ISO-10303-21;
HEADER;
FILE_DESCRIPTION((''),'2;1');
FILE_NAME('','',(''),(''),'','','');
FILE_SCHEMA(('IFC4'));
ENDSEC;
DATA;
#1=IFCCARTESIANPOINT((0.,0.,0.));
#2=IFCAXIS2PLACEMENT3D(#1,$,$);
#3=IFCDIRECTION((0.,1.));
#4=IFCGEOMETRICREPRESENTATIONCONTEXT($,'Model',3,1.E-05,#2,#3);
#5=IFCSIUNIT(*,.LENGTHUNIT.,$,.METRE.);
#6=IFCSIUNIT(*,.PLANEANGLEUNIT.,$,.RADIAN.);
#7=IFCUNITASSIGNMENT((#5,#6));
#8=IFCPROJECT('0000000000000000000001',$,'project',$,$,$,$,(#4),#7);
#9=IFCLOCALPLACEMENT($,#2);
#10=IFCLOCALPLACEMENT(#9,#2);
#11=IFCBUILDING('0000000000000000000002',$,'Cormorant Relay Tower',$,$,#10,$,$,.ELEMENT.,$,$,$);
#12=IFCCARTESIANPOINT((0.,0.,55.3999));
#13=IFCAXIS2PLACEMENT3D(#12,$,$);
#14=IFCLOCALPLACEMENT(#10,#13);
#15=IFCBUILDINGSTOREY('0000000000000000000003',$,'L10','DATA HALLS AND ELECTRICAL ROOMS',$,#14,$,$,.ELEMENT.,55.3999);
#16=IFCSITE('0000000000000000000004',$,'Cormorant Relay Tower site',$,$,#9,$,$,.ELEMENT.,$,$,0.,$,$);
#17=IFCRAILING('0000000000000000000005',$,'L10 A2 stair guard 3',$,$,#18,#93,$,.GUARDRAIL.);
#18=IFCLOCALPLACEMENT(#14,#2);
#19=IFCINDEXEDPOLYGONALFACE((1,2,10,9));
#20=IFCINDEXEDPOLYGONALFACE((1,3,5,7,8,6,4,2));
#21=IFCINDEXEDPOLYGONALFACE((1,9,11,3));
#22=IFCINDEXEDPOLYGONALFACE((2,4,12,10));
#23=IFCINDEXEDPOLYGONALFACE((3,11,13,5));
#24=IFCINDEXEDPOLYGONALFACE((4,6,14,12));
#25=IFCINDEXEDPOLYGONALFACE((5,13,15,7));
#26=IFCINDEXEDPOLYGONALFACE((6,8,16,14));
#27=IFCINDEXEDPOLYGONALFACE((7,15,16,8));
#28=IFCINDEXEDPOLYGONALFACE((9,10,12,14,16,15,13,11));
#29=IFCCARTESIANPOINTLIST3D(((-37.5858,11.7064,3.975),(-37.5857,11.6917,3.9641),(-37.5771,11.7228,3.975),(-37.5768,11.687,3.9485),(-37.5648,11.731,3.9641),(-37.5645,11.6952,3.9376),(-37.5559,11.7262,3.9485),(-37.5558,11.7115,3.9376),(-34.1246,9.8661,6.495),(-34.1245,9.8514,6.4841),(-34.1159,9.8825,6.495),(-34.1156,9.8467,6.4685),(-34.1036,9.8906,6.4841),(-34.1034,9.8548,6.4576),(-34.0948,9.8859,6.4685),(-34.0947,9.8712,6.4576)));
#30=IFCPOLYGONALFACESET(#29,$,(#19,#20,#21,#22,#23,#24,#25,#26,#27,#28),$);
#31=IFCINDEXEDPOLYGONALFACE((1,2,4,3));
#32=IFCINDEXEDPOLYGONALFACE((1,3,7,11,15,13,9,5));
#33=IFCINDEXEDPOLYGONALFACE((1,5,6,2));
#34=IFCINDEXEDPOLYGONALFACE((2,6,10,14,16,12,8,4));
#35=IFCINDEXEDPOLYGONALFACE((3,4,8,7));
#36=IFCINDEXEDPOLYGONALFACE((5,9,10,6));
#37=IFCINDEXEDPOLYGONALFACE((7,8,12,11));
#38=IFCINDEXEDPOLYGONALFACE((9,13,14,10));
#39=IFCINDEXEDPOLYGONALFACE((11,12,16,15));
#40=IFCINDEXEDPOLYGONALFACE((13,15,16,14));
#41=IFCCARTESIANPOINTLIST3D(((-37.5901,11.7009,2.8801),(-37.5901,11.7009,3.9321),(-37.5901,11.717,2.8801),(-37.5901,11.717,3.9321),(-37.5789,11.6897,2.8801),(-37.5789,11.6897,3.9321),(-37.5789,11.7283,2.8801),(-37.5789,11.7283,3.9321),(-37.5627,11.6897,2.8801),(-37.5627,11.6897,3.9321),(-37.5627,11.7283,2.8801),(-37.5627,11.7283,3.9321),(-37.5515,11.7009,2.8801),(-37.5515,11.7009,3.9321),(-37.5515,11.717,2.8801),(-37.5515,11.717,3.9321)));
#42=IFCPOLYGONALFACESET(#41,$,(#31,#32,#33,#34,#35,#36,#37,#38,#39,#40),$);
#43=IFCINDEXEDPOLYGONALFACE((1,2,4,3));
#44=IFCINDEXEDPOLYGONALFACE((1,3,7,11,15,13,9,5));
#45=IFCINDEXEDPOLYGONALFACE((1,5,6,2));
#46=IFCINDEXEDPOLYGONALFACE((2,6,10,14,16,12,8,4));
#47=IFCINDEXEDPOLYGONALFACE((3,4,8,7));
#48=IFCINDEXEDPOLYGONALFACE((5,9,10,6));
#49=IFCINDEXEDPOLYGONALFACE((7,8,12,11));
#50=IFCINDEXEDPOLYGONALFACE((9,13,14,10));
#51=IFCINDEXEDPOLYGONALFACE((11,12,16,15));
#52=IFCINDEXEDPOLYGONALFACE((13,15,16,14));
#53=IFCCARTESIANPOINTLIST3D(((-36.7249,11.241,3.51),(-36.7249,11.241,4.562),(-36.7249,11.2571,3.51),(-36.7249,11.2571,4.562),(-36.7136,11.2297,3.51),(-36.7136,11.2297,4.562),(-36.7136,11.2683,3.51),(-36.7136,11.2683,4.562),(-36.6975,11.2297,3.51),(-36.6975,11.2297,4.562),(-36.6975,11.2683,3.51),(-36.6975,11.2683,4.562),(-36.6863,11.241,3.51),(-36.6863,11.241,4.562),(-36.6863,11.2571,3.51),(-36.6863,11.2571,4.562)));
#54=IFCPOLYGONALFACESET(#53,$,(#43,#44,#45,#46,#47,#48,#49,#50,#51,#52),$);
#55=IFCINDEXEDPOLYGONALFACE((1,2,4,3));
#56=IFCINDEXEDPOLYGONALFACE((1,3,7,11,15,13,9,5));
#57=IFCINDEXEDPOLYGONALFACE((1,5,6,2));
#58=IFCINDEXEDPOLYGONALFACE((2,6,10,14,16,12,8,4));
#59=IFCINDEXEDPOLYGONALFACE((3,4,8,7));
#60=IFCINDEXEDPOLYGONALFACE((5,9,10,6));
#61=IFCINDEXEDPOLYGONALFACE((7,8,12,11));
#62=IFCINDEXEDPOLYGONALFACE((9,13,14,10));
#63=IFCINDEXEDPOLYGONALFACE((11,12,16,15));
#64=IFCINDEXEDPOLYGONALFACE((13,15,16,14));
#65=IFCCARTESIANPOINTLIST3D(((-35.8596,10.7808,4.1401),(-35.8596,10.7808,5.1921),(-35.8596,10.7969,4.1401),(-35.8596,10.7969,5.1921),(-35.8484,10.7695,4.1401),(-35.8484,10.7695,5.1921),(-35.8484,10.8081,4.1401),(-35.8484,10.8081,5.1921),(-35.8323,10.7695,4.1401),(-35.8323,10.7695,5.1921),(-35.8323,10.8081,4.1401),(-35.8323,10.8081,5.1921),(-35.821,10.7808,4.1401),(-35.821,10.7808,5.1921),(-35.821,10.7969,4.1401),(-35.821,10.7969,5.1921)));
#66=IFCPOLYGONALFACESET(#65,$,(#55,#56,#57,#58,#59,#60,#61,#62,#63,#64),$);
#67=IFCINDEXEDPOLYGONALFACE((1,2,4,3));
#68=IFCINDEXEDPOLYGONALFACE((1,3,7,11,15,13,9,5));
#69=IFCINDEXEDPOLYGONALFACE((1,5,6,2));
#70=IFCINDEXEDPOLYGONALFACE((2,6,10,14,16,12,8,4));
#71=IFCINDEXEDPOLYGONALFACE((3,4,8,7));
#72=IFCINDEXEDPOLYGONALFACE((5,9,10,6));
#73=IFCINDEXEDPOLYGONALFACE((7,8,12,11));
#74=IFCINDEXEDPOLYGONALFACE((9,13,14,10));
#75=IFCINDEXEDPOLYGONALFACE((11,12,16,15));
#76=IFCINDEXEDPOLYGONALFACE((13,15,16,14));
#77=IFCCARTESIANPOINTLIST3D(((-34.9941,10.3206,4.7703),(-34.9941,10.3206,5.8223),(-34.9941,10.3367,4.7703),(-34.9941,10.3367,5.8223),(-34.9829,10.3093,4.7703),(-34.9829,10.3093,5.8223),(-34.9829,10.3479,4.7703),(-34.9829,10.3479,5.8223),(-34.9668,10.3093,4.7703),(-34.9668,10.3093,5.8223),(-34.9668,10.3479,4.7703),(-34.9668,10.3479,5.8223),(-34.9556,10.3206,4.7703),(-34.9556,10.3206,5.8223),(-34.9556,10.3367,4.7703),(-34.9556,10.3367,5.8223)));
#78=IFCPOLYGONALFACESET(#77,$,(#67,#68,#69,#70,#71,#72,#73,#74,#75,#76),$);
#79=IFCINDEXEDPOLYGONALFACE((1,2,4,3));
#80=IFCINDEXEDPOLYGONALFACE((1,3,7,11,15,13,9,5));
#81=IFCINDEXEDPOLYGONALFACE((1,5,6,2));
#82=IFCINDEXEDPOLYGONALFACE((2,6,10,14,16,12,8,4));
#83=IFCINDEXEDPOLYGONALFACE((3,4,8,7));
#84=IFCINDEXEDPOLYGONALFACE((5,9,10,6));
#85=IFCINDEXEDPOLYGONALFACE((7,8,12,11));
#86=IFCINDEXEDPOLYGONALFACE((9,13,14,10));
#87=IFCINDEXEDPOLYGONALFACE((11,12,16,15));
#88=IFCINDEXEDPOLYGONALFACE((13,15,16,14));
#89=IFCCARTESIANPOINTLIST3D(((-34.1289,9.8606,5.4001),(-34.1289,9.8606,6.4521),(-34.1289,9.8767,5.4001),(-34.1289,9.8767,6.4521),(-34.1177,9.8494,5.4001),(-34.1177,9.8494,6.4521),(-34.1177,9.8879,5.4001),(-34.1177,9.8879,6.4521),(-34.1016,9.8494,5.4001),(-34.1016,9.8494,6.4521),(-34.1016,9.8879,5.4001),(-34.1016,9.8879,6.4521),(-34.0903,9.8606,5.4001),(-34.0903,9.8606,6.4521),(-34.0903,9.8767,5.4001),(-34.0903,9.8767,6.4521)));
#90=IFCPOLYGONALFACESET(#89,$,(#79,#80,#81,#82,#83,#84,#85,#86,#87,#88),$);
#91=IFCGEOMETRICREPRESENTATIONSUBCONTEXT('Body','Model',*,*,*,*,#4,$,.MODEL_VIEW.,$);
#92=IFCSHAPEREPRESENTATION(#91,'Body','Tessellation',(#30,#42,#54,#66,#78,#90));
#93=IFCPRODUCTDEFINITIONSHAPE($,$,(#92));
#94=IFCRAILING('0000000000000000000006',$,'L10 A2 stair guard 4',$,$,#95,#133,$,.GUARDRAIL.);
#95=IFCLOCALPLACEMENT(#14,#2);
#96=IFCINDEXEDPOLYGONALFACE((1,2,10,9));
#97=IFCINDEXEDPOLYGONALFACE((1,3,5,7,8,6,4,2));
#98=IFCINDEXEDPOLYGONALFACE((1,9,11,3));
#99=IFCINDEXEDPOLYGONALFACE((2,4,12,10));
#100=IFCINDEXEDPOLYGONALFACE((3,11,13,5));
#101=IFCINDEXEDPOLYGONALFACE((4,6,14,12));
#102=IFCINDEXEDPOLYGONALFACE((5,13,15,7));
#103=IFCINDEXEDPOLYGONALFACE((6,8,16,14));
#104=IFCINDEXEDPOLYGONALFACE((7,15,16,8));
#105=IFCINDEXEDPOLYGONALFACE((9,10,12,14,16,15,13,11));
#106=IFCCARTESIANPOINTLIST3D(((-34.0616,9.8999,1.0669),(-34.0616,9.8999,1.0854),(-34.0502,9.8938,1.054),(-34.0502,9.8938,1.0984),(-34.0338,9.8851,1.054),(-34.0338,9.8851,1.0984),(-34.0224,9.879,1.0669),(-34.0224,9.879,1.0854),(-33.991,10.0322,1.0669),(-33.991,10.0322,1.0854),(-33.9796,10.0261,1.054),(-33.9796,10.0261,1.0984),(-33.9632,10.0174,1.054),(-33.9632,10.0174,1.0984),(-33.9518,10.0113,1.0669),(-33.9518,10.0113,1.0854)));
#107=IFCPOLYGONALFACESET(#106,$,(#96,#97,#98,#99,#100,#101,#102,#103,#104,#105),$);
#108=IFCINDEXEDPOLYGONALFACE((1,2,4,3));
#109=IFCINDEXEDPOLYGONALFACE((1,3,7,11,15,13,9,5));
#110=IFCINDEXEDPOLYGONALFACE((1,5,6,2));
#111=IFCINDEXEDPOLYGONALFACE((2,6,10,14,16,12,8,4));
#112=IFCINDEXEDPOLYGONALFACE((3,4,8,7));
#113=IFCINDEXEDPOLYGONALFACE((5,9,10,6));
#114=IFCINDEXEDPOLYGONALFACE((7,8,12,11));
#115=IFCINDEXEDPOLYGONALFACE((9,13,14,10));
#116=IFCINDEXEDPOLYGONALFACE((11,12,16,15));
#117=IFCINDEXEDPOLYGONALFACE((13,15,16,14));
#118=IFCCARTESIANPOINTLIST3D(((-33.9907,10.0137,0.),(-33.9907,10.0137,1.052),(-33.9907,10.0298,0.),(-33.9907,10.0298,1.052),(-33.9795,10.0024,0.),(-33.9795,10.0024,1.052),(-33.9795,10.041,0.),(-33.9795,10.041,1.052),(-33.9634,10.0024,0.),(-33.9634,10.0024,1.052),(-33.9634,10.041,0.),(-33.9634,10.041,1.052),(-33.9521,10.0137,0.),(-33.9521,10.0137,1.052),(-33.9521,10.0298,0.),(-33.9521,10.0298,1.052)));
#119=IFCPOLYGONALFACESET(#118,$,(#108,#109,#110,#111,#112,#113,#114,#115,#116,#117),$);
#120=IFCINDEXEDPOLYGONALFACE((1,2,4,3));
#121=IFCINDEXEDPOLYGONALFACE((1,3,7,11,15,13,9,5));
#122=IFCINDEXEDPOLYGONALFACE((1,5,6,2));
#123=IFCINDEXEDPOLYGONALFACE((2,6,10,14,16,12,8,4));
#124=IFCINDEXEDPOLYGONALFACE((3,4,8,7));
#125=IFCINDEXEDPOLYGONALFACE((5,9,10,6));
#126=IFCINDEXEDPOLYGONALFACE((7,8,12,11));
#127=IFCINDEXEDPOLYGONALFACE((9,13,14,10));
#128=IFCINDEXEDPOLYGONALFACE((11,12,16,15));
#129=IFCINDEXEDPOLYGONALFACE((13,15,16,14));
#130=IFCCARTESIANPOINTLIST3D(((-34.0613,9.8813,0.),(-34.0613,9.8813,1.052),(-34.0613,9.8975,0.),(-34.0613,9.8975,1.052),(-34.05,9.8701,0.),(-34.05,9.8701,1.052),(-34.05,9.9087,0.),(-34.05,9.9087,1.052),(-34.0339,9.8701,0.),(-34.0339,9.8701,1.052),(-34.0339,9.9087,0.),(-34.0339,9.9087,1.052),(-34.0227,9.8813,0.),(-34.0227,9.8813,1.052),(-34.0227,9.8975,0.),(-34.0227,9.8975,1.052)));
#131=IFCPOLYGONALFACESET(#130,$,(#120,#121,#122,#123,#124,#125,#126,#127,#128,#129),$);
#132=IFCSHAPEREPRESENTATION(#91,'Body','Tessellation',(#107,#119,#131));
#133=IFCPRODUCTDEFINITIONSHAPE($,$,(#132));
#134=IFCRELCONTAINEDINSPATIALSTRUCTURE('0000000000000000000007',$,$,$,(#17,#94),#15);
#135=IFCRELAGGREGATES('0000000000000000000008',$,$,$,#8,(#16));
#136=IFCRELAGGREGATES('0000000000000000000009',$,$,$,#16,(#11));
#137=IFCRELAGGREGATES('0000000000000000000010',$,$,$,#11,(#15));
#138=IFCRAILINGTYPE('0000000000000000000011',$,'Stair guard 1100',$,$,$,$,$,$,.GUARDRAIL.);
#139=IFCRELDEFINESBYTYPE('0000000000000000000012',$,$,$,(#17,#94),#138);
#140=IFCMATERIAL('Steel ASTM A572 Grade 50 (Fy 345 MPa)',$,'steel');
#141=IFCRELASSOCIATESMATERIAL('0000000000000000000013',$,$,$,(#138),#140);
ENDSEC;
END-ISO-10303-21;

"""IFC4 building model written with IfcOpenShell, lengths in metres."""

from ifc_helpers import new_model, si_unit, direction, frame, origin, place, context, subcontext, project, spatial, polyline, outline, extrude, material, type_object, element, save


model = new_model("IFC4")

# Units and contexts
model_context = context("Model", 3, precision=1e-05, world=origin(), true_north=direction((0.0, 1.0)))
body_context = subcontext(model_context, "Body", "Model", "MODEL_VIEW")
ifc_project = project(units=[si_unit("LENGTHUNIT", "METRE"), si_unit("PLANEANGLEUNIT", "RADIAN")], contexts=[model_context])

# Site, building, storey
site_placement = place(None, origin())
site = spatial("IfcSite", under=ifc_project, at=site_placement, Name="Cormorant Relay Tower site", CompositionType="ELEMENT", RefElevation=0.0)
building_placement = place(site_placement, origin())
building = spatial("IfcBuilding", under=site, at=building_placement, Name="Cormorant Relay Tower", CompositionType="ELEMENT")
storey_placement = place(building_placement, frame((0.0, 0.0, 55.3999)))
storey = spatial("IfcBuildingStorey", under=building, at=storey_placement, Name="L10", Description="DATA HALLS AND ELECTRICAL ROOMS", CompositionType="ELEMENT", Elevation=55.3999)

# Railings
ifc_material_1 = material(Name="Steel ASTM A572 Grade 50 (Fy 345 MPa)", Category="steel")
railing_type_1 = type_object("IfcRailingType", Name="Stair guard 1100", PredefinedType="GUARDRAIL", material=ifc_material_1)
railing_1_placement = place(storey_placement, frame((-37.5708, 11.709, 2.8801)))
element("IfcRailing", 1, at=railing_1_placement, inside=storey, type_object=railing_type_1, Name="L10 A2 stair guard 3", PredefinedType="GUARDRAIL", context=body_context, shape_type="SweptSolid", body=[
    extrude(outline(polyline([(0.0222, 0.0093), (0.0093, 0.0222), (-0.0093, 0.0222), (-0.0222, 0.0093), (-0.0222, -0.0093), (-0.0093, -0.0222), (0.0093, -0.0222), (0.0222, -0.0093), (0.0222, 0.0093)])), frame((0.0, 0.0, 1.0762), z_axis=(0.742717, -0.394907, 0.540758), x_axis=(0.469469, 0.882949, 0.0)), (0.0, 0.0, 1.0), 4.6602),
    extrude(outline(polyline([(0.0193, 0.0081), (0.0081, 0.0193), (-0.0081, 0.0193), (-0.0193, 0.0081), (-0.0193, -0.0081), (-0.0081, -0.0193), (0.0081, -0.0193), (0.0193, -0.0081), (0.0193, 0.0081)])), origin(), (0.0, 0.0, 1.0), 1.052),
    extrude(outline(polyline([(0.0193, 0.0081), (0.0081, 0.0193), (-0.0081, 0.0193), (-0.0193, 0.0081), (-0.0193, -0.0081), (-0.0081, -0.0193), (0.0081, -0.0193), (0.0193, -0.0081), (0.0193, 0.0081)])), frame((0.8652, -0.46, 0.6299)), (0.0, 0.0, 1.0), 1.052),
    extrude(outline(polyline([(0.0193, 0.0081), (0.0081, 0.0193), (-0.0081, 0.0193), (-0.0193, 0.0081), (-0.0193, -0.0081), (-0.0081, -0.0193), (0.0081, -0.0193), (0.0193, -0.0081), (0.0193, 0.0081)])), frame((1.7305, -0.9202, 1.26)), (0.0, 0.0, 1.0), 1.052),
    extrude(outline(polyline([(0.0193, 0.0081), (0.0081, 0.0193), (-0.0081, 0.0193), (-0.0193, 0.0081), (-0.0193, -0.0081), (-0.0081, -0.0193), (0.0081, -0.0193), (0.0193, -0.0081), (0.0193, 0.0081)])), frame((2.5959, -1.3804, 1.8901)), (0.0, 0.0, 1.0), 1.052),
    extrude(outline(polyline([(0.0193, 0.0081), (0.0081, 0.0193), (-0.0081, 0.0193), (-0.0193, 0.0081), (-0.0193, -0.0081), (-0.0081, -0.0193), (0.0081, -0.0193), (0.0193, -0.0081), (0.0193, 0.0081)])), frame((3.4612, -1.8403, 2.52)), (0.0, 0.0, 1.0), 1.052),
])
railing_2_placement = place(storey_placement, frame((-33.9714, 10.0217, 0.0)))
element("IfcRailing", 2, at=railing_2_placement, inside=storey, type_object=railing_type_1, Name="L10 A2 stair guard 4", PredefinedType="GUARDRAIL", context=body_context, shape_type="SweptSolid", body=[
    extrude(outline(polyline([(0.0222, 0.0093), (0.0093, 0.0222), (-0.0093, 0.0222), (-0.0222, 0.0093), (-0.0222, -0.0093), (-0.0093, -0.0222), (0.0093, -0.0222), (0.0222, -0.0093), (0.0222, 0.0093)])), frame((0.0, 0.0, 1.0762), z_axis=(-0.470504, -0.882398, 0.0), x_axis=(0.882398, -0.470504, 0.0)), (0.0, 0.0, 1.0), 0.1499),
    extrude(outline(polyline([(0.0193, 0.0081), (0.0081, 0.0193), (-0.0081, 0.0193), (-0.0193, 0.0081), (-0.0193, -0.0081), (-0.0081, -0.0193), (0.0081, -0.0193), (0.0193, -0.0081), (0.0193, 0.0081)])), origin(), (0.0, 0.0, 1.0), 1.052),
    extrude(outline(polyline([(0.0193, 0.0081), (0.0081, 0.0193), (-0.0081, 0.0193), (-0.0193, 0.0081), (-0.0193, -0.0081), (-0.0081, -0.0193), (0.0081, -0.0193), (0.0193, -0.0081), (0.0193, 0.0081)])), frame((-0.0706, -0.1323, 0.0)), (0.0, 0.0, 1.0), 1.052),
])

save(model, "model.ifc")
